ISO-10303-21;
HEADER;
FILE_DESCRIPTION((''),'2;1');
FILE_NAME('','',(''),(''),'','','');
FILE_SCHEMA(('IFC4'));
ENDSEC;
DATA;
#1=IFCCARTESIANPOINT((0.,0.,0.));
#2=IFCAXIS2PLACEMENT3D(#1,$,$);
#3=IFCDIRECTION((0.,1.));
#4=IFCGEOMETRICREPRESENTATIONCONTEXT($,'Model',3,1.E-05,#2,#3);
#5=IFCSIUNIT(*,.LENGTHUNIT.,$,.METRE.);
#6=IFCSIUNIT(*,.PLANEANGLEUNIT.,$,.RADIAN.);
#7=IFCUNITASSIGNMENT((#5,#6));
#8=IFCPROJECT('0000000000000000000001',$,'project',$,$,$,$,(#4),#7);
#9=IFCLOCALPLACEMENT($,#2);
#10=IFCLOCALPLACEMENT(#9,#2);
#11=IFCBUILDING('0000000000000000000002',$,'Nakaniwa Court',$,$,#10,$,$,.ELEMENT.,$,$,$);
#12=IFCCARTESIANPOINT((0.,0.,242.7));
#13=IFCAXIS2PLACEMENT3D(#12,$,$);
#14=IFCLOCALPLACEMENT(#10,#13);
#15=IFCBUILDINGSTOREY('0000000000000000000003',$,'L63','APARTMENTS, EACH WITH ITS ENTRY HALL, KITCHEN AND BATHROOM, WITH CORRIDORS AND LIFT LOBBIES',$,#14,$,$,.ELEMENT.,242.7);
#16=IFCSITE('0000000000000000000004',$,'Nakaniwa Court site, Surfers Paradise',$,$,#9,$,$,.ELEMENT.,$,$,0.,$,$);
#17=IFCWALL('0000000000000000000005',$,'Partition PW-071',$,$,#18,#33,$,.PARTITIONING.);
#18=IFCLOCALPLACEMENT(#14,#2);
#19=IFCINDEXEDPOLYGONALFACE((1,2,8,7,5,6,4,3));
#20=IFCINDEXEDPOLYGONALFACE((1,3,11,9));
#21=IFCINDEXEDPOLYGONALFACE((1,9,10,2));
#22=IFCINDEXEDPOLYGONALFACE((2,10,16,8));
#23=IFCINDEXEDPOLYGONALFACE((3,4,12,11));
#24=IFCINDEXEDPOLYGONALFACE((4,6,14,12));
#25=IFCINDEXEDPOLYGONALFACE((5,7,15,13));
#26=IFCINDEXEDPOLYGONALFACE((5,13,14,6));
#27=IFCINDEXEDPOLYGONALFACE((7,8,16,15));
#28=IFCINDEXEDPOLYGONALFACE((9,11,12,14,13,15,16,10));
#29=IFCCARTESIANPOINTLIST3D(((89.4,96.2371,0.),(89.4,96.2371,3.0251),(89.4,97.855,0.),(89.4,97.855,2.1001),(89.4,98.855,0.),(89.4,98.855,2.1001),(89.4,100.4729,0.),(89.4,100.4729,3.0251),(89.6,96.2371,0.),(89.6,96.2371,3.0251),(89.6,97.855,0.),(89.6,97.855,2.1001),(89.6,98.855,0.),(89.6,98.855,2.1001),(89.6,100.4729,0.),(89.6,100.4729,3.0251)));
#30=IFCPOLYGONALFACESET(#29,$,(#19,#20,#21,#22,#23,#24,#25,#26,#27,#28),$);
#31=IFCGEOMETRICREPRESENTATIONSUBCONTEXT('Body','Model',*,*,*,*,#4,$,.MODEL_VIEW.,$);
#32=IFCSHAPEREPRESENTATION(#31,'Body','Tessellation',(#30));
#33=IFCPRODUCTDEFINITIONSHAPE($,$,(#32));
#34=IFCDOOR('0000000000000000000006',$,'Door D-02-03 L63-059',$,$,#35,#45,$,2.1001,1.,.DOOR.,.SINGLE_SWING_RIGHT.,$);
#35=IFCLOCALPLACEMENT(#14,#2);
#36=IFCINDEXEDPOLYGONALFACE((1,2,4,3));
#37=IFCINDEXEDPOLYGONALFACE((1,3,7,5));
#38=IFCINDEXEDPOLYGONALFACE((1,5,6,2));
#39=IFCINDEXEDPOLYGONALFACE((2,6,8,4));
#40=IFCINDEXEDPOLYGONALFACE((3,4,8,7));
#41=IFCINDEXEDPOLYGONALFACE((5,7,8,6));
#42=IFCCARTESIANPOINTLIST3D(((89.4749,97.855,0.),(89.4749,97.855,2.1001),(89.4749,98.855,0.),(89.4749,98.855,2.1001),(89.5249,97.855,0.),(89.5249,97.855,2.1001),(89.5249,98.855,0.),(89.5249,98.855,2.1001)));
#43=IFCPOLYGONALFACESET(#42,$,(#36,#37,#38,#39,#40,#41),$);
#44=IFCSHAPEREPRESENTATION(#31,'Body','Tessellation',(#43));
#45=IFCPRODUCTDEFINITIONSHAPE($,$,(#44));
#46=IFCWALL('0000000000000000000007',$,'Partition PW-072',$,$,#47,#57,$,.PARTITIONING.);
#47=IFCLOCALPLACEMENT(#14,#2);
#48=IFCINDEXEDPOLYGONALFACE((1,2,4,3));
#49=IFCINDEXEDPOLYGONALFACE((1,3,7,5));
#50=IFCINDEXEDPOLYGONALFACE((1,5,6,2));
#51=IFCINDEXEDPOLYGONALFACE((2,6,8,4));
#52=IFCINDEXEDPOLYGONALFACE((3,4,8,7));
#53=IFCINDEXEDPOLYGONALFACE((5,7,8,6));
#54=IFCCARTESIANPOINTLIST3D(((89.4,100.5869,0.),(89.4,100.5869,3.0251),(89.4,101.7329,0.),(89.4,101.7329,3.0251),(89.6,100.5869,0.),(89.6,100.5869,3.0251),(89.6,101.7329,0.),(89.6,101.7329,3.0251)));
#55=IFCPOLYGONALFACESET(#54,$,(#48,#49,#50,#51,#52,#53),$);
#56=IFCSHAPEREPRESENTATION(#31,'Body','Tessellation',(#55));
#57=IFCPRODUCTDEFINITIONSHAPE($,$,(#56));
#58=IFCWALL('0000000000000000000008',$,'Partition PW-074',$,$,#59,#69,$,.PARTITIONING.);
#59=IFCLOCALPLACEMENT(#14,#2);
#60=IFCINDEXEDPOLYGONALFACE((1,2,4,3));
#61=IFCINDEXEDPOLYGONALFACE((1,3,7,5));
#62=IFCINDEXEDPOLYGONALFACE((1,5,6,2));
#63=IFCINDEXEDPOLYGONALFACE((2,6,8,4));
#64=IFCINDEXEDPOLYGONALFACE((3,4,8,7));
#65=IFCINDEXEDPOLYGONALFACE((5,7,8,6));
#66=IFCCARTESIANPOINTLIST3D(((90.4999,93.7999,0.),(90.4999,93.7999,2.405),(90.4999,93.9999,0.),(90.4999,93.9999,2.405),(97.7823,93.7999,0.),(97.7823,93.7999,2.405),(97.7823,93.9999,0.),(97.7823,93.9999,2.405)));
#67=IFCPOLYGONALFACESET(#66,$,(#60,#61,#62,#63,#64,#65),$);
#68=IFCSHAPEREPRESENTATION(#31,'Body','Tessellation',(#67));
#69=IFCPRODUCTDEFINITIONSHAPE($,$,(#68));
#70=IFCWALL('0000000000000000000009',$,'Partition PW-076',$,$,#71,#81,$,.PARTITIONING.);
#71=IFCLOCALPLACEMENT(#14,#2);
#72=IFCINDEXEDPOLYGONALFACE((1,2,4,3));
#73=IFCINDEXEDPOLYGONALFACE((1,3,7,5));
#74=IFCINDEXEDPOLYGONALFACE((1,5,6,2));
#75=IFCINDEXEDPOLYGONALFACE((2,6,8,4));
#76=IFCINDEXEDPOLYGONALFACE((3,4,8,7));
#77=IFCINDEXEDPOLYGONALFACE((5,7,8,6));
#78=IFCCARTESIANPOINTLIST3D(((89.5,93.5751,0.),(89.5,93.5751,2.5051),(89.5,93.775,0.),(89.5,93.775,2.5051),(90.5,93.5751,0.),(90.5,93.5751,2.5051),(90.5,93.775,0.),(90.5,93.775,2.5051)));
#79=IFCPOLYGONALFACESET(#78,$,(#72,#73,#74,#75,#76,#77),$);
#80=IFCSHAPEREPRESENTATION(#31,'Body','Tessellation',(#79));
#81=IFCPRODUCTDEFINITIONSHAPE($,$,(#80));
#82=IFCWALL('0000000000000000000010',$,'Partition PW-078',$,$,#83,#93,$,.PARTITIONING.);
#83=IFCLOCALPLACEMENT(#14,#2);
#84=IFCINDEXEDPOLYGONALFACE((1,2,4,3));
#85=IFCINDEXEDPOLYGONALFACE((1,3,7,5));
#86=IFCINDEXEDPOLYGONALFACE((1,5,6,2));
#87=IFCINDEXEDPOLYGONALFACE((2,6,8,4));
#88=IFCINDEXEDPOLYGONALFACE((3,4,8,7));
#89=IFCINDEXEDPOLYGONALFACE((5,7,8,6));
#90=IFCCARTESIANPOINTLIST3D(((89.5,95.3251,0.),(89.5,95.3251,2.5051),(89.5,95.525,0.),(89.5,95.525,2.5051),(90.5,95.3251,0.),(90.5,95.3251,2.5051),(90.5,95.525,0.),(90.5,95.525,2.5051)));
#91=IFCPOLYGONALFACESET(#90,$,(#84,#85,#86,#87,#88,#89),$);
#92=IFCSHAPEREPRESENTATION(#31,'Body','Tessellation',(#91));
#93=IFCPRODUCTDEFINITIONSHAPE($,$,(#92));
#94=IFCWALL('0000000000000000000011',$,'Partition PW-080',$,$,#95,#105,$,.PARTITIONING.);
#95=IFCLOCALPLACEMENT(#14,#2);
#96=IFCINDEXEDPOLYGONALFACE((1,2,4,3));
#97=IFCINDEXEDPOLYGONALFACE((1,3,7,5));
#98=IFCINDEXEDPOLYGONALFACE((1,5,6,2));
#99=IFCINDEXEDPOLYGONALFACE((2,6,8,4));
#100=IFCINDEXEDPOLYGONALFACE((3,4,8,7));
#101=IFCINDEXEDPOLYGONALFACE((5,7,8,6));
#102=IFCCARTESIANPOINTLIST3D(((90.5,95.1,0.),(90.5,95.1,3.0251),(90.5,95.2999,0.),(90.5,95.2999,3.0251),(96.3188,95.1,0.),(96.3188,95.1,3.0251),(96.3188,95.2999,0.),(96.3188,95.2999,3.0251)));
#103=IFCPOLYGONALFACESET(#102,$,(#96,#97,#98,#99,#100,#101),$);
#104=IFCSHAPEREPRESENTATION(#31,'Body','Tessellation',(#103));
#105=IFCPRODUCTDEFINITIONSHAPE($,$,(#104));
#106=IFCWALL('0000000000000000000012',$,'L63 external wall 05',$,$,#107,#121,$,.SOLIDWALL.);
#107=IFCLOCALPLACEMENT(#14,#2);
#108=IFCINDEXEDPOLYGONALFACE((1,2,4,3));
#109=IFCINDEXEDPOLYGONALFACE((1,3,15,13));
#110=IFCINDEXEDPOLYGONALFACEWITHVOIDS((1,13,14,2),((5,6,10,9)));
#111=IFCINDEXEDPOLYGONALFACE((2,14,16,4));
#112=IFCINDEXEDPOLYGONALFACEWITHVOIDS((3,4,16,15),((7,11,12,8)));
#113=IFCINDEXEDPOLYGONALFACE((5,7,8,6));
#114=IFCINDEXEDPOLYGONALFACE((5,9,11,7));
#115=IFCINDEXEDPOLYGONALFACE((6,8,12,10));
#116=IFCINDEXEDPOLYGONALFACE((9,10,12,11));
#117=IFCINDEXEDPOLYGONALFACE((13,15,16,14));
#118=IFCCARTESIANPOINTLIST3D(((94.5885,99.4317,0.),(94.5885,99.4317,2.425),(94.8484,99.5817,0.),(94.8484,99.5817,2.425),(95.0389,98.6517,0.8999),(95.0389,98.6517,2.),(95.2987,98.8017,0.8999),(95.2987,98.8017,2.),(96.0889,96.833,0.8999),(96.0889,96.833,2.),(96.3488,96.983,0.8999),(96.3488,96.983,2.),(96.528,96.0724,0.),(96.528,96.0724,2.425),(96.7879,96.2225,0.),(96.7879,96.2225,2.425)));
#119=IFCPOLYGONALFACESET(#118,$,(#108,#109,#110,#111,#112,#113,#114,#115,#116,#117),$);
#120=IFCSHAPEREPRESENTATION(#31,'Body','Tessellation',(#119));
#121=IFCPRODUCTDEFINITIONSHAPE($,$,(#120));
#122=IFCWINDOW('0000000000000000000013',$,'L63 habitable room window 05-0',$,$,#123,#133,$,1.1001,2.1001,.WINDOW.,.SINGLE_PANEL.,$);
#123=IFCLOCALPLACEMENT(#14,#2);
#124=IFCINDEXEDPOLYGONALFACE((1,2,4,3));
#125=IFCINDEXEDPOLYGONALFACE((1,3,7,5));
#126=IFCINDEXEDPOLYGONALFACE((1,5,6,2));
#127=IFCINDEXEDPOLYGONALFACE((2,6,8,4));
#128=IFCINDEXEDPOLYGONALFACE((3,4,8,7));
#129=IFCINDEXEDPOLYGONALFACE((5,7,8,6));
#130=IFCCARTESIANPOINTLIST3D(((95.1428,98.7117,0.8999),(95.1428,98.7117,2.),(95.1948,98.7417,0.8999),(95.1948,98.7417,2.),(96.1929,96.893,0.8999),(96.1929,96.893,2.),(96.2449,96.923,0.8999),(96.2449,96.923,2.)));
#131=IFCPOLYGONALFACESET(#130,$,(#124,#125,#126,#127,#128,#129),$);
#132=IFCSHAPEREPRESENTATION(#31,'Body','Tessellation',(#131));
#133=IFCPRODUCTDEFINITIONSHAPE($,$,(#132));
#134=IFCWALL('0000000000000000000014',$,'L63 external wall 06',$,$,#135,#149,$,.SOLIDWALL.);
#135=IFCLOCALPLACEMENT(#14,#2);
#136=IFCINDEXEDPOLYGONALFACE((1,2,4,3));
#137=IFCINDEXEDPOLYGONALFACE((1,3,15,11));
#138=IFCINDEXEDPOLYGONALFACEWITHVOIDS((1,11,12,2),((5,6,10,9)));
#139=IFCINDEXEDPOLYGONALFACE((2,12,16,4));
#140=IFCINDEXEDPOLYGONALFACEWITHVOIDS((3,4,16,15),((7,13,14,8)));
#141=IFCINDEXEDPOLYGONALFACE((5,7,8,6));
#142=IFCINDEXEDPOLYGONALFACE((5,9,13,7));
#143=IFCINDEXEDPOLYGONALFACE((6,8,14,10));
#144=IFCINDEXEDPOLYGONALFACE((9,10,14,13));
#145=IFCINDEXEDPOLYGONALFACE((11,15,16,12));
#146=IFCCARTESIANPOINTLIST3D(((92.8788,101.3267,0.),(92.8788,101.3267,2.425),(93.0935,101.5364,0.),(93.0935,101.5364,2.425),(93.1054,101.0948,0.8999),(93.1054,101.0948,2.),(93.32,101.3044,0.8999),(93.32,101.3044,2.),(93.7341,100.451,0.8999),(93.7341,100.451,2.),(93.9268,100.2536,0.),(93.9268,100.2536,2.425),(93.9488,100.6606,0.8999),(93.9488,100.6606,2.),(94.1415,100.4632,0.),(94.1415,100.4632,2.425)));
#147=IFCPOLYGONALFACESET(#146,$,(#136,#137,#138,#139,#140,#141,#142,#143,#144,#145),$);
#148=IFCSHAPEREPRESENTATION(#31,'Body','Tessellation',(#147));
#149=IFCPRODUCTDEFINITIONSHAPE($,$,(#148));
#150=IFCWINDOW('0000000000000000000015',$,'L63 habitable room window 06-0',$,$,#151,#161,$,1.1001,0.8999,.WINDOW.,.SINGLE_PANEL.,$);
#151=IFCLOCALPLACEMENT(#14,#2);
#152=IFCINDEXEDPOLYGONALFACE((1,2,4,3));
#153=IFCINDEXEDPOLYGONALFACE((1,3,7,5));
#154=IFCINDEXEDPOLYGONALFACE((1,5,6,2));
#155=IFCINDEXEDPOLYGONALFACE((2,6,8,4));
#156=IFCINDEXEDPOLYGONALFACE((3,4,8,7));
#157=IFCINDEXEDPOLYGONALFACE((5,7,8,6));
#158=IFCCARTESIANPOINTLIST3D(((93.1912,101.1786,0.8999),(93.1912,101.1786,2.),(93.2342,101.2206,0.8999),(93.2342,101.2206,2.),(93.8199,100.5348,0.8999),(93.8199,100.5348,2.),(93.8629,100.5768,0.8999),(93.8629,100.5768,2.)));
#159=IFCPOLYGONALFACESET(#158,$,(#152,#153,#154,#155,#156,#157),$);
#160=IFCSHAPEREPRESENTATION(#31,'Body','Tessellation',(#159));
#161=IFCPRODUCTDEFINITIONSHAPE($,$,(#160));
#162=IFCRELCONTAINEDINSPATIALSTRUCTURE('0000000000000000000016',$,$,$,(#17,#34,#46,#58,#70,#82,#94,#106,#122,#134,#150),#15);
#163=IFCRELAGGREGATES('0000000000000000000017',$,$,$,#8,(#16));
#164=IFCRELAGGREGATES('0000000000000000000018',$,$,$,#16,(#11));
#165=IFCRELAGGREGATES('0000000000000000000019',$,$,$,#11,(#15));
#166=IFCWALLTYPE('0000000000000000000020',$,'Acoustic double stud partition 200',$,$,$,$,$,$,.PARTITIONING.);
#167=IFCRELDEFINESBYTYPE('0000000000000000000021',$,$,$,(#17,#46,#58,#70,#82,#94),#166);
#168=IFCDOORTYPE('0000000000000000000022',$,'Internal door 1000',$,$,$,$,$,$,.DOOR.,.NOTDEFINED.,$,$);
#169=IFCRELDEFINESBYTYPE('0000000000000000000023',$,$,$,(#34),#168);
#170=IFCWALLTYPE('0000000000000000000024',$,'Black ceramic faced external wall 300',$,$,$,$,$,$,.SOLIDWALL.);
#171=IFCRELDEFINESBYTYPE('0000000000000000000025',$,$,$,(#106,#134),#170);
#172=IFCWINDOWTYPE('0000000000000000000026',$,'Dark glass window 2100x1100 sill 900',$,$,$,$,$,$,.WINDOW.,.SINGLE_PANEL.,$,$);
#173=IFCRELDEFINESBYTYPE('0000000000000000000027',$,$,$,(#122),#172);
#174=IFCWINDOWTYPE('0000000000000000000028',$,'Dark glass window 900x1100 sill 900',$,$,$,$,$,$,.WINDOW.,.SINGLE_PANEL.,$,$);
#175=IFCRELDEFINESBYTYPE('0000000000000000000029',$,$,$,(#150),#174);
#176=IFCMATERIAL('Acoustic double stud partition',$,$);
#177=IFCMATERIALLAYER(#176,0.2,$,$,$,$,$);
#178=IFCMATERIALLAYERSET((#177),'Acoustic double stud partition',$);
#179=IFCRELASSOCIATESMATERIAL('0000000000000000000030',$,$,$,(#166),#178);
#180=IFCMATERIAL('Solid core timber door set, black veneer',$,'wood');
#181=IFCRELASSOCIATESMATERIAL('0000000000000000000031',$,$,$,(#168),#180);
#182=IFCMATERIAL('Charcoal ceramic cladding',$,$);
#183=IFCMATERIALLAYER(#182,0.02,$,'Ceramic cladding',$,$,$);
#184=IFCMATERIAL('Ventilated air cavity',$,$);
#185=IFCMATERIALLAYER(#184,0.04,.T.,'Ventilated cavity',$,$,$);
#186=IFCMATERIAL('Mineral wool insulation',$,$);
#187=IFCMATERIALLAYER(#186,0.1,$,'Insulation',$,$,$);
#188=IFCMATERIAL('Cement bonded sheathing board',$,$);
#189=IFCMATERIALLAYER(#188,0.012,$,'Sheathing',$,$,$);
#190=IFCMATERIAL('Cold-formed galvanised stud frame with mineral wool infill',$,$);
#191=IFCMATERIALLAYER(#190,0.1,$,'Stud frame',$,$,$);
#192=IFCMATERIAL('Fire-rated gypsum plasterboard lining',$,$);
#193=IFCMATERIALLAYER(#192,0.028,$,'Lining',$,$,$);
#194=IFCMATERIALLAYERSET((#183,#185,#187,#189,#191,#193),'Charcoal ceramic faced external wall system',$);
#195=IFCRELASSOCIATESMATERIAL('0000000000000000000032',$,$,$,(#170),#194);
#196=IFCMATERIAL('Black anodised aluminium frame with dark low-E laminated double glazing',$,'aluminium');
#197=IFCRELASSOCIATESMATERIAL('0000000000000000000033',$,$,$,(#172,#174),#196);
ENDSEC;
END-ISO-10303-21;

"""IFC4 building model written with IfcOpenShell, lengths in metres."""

from ifc_helpers import new_model, si_unit, direction, frame, frame_2d, origin, place, context, subcontext, project, spatial, rectangle, extrude, material, layer, layer_set, type_object, element, fill, save


model = new_model("IFC4")

# Units and contexts
model_context = context("Model", 3, precision=1e-05, world=origin(), true_north=direction((0.0, 1.0)))
body_context = subcontext(model_context, "Body", "Model", "MODEL_VIEW")
ifc_project = project(units=[si_unit("LENGTHUNIT", "METRE"), si_unit("PLANEANGLEUNIT", "RADIAN")], contexts=[model_context])

# Site, building, storey
site_placement = place(None, origin())
site = spatial("IfcSite", under=ifc_project, at=site_placement, Name="Nakaniwa Court site, Surfers Paradise", CompositionType="ELEMENT", RefElevation=0.0)
building_placement = place(site_placement, origin())
building = spatial("IfcBuilding", under=site, at=building_placement, Name="Nakaniwa Court", CompositionType="ELEMENT")
storey_placement = place(building_placement, frame((0.0, 0.0, 242.7)))
storey = spatial("IfcBuildingStorey", under=building, at=storey_placement, Name="L63", Description="APARTMENTS, EACH WITH ITS ENTRY HALL, KITCHEN AND BATHROOM, WITH CORRIDORS AND LIFT LOBBIES", CompositionType="ELEMENT", Elevation=242.7)

# Shared definitions
ifc_material_1 = material(Name="Acoustic double stud partition")
ifc_layer_1 = layer(ifc_material_1, 0.2)
ifc_layer_set_1 = layer_set([ifc_layer_1], Name="Acoustic double stud partition")
wall_type_1 = type_object("IfcWallType", Name="Acoustic double stud partition 200", PredefinedType="PARTITIONING", material=ifc_layer_set_1)

# Wall, opening, door
wall_1_placement = place(storey_placement, frame((89.5, 100.4729, 0.0), z_axis=(0.0, 0.0, 1.0), x_axis=(0.0, -1.0, 0.0)))
wall_1 = element("IfcWall", 1, at=wall_1_placement, inside=storey, type_object=wall_type_1, Name="Partition PW-071", PredefinedType="PARTITIONING", context=body_context, shape_type="SweptSolid", body=[
    extrude(rectangle(XDim=4.2358, YDim=0.2, at=frame_2d((2.1179, 0.0))), origin(), (0.0, 0.0, 1.0), 3.0251),
])
opening_1_placement = place(wall_1_placement, frame((1.6179, 0.0, 0.0)))
opening_1 = element("IfcOpeningElement", 2, at=opening_1_placement, cuts=wall_1, PredefinedType="OPENING", context=body_context, shape_type="SweptSolid", body=[
    extrude(rectangle(XDim=1.0, YDim=2.1001, at=frame_2d((0.5, 1.05))), frame((0.0, 0.1099, 0.0), z_axis=(0.0, -1.0, 0.0), x_axis=(1.0, 0.0, 0.0)), (0.0, 0.0, 1.0), 0.22),
])
ifc_material_2 = material(Name="Solid core timber door set, black veneer", Category="wood")
door_type = type_object("IfcDoorType", Name="Internal door 1000", OperationType="NOTDEFINED", PredefinedType="DOOR", material=ifc_material_2)
door_placement = place(opening_1_placement, origin())
door = element("IfcDoor", 3, at=door_placement, inside=storey, type_object=door_type, Name="Door D-02-03 L63-059", OperationType="SINGLE_SWING_RIGHT", OverallHeight=2.1001, OverallWidth=1.0, PredefinedType="DOOR", context=body_context, shape_type="SweptSolid", body=[
    extrude(rectangle(XDim=1.0, YDim=2.1001, at=frame_2d((0.5, 1.05))), frame((0.0, 0.0249, 0.0), z_axis=(0.0, -1.0, 0.0), x_axis=(1.0, 0.0, 0.0)), (0.0, 0.0, 1.0), 0.05),
])
fill(opening_1, door)

# Walls
wall_2_placement = place(storey_placement, frame((89.5, 100.5869, 0.0), z_axis=(0.0, 0.0, 1.0), x_axis=(0.0, 1.0, 0.0)))
element("IfcWall", 4, at=wall_2_placement, inside=storey, type_object=wall_type_1, Name="Partition PW-072", PredefinedType="PARTITIONING", context=body_context, shape_type="SweptSolid", body=[
    extrude(rectangle(XDim=1.146, YDim=0.2, at=frame_2d((0.573, 0.0))), origin(), (0.0, 0.0, 1.0), 3.0251),
])
wall_3_placement = place(storey_placement, frame((90.5, 93.8999, 0.0), z_axis=(0.0, 0.0, 1.0), x_axis=(1.0, 0.0, 0.0)))
element("IfcWall", 5, at=wall_3_placement, inside=storey, type_object=wall_type_1, Name="Partition PW-074", PredefinedType="PARTITIONING", context=body_context, shape_type="SweptSolid", body=[
    extrude(rectangle(XDim=7.2825, YDim=0.2, at=frame_2d((3.6411, 0.0))), origin(), (0.0, 0.0, 1.0), 2.405),
])
for number, where, z_axis, x_axis, name in (
    (6, (89.5, 93.675, 0.0), (0.0, 0.0, 1.0), (1.0, 0.0, 0.0), "Partition PW-076"),
    (7, (89.5, 95.425, 0.0), (0.0, 0.0, 1.0), (1.0, 0.0, 0.0), "Partition PW-078"),
):
    element("IfcWall", number, at=place(storey_placement, frame(where, z_axis=z_axis, x_axis=x_axis)), inside=storey, type_object=wall_type_1, Name=name, PredefinedType="PARTITIONING", context=body_context, shape_type="SweptSolid", body=[
        extrude(rectangle(XDim=1.0, YDim=0.2, at=frame_2d((0.5, 0.0))), origin(), (0.0, 0.0, 1.0), 2.5051),
    ])
wall_4_placement = place(storey_placement, frame((90.5, 95.2, 0.0), z_axis=(0.0, 0.0, 1.0), x_axis=(1.0, 0.0, 0.0)))
element("IfcWall", 8, at=wall_4_placement, inside=storey, type_object=wall_type_1, Name="Partition PW-080", PredefinedType="PARTITIONING", context=body_context, shape_type="SweptSolid", body=[
    extrude(rectangle(XDim=5.8188, YDim=0.2, at=frame_2d((2.9094, 0.0))), origin(), (0.0, 0.0, 1.0), 3.0251),
])

# Walls, openings, windows
ifc_material_3 = material(Name="Charcoal ceramic cladding")
ifc_layer_2 = layer(ifc_material_3, 0.02, Name="Ceramic cladding")
ifc_material_4 = material(Name="Ventilated air cavity")
ifc_layer_3 = layer(ifc_material_4, 0.04, ventilated=True, Name="Ventilated cavity")
ifc_material_5 = material(Name="Mineral wool insulation")
ifc_layer_4 = layer(ifc_material_5, 0.1, Name="Insulation")
ifc_material_6 = material(Name="Cement bonded sheathing board")
ifc_layer_5 = layer(ifc_material_6, 0.012, Name="Sheathing")
ifc_material_7 = material(Name="Cold-formed galvanised stud frame with mineral wool infill")
ifc_layer_6 = layer(ifc_material_7, 0.1, Name="Stud frame")
ifc_material_8 = material(Name="Fire-rated gypsum plasterboard lining")
ifc_layer_7 = layer(ifc_material_8, 0.028, Name="Lining")
ifc_layer_set_2 = layer_set([ifc_layer_2, ifc_layer_3, ifc_layer_4, ifc_layer_5, ifc_layer_6, ifc_layer_7], Name="Charcoal ceramic faced external wall system")
wall_type_2 = type_object("IfcWallType", Name="Black ceramic faced external wall 300", PredefinedType="SOLIDWALL", material=ifc_layer_set_2)
wall_5_placement = place(storey_placement, frame((96.658, 96.1475, 0.0), z_axis=(0.0, 0.0, 1.0), x_axis=(-0.500011, 0.866019, 0.0)))
wall_5 = element("IfcWall", 9, at=wall_5_placement, inside=storey, type_object=wall_type_2, Name="L63 external wall 05", PredefinedType="SOLIDWALL", context=body_context, shape_type="SweptSolid", body=[
    extrude(rectangle(XDim=3.8789, YDim=0.3, at=frame_2d((1.9395, 0.0))), origin(), (0.0, 0.0, 1.0), 2.425),
])
opening_2_placement = place(wall_5_placement, frame((0.8782, 0.0, 0.8999)))
opening_2 = element("IfcOpeningElement", 10, at=opening_2_placement, cuts=wall_5, PredefinedType="OPENING", context=body_context, shape_type="SweptSolid", body=[
    extrude(rectangle(XDim=2.1001, YDim=1.1001, at=frame_2d((1.05, 0.55))), frame((0.0, 0.1599, 0.0), z_axis=(0.0, -1.0, 0.0), x_axis=(1.0, 0.0, 0.0)), (0.0, 0.0, 1.0), 0.3201),
])
ifc_material_9 = material(Name="Black anodised aluminium frame with dark low-E laminated double glazing", Category="aluminium")
window_type_1 = type_object("IfcWindowType", Name="Dark glass window 2100x1100 sill 900", PartitioningType="SINGLE_PANEL", PredefinedType="WINDOW", material=ifc_material_9)
window_1_placement = place(opening_2_placement, origin())
window_1 = element("IfcWindow", 11, at=window_1_placement, inside=storey, type_object=window_type_1, Name="L63 habitable room window 05-0", OverallHeight=1.1001, OverallWidth=2.1001, PartitioningType="SINGLE_PANEL", PredefinedType="WINDOW", context=body_context, shape_type="SweptSolid", body=[
    extrude(rectangle(XDim=2.1001, YDim=1.1001, at=frame_2d((1.05, 0.55))), frame((0.0, 0.03, 0.0), z_axis=(0.0, -1.0, 0.0), x_axis=(1.0, 0.0, 0.0)), (0.0, 0.0, 1.0), 0.0601),
])
fill(opening_2, window_1)
wall_6_placement = place(storey_placement, frame((94.0342, 100.3584, 0.0), z_axis=(0.0, 0.0, 1.0), x_axis=(-0.698676, 0.715439, 0.0)))
wall_6 = element("IfcWall", 12, at=wall_6_placement, inside=storey, type_object=wall_type_2, Name="L63 external wall 06", PredefinedType="SOLIDWALL", context=body_context, shape_type="SweptSolid", body=[
    extrude(rectangle(XDim=1.5, YDim=0.3, at=frame_2d((0.75, 0.0))), origin(), (0.0, 0.0, 1.0), 2.425),
])
opening_3_placement = place(wall_6_placement, frame((0.2759, 0.0, 0.8999)))
opening_3 = element("IfcOpeningElement", 13, at=opening_3_placement, cuts=wall_6, PredefinedType="OPENING", context=body_context, shape_type="SweptSolid", body=[
    extrude(rectangle(XDim=0.8999, YDim=1.1001, at=frame_2d((0.45, 0.55))), frame((0.0, 0.1599, 0.0), z_axis=(0.0, -1.0, 0.0), x_axis=(1.0, 0.0, 0.0)), (0.0, 0.0, 1.0), 0.3201),
])
window_type_2 = type_object("IfcWindowType", Name="Dark glass window 900x1100 sill 900", PartitioningType="SINGLE_PANEL", PredefinedType="WINDOW", material=ifc_material_9)
window_2_placement = place(opening_3_placement, origin())
window_2 = element("IfcWindow", 14, at=window_2_placement, inside=storey, type_object=window_type_2, Name="L63 habitable room window 06-0", OverallHeight=1.1001, OverallWidth=0.8999, PartitioningType="SINGLE_PANEL", PredefinedType="WINDOW", context=body_context, shape_type="SweptSolid", body=[
    extrude(rectangle(XDim=0.8999, YDim=1.1001, at=frame_2d((0.45, 0.55))), frame((0.0, 0.03, 0.0), z_axis=(0.0, -1.0, 0.0), x_axis=(1.0, 0.0, 0.0)), (0.0, 0.0, 1.0), 0.0601),
])
fill(opening_3, window_2)

save(model, "model.ifc")
